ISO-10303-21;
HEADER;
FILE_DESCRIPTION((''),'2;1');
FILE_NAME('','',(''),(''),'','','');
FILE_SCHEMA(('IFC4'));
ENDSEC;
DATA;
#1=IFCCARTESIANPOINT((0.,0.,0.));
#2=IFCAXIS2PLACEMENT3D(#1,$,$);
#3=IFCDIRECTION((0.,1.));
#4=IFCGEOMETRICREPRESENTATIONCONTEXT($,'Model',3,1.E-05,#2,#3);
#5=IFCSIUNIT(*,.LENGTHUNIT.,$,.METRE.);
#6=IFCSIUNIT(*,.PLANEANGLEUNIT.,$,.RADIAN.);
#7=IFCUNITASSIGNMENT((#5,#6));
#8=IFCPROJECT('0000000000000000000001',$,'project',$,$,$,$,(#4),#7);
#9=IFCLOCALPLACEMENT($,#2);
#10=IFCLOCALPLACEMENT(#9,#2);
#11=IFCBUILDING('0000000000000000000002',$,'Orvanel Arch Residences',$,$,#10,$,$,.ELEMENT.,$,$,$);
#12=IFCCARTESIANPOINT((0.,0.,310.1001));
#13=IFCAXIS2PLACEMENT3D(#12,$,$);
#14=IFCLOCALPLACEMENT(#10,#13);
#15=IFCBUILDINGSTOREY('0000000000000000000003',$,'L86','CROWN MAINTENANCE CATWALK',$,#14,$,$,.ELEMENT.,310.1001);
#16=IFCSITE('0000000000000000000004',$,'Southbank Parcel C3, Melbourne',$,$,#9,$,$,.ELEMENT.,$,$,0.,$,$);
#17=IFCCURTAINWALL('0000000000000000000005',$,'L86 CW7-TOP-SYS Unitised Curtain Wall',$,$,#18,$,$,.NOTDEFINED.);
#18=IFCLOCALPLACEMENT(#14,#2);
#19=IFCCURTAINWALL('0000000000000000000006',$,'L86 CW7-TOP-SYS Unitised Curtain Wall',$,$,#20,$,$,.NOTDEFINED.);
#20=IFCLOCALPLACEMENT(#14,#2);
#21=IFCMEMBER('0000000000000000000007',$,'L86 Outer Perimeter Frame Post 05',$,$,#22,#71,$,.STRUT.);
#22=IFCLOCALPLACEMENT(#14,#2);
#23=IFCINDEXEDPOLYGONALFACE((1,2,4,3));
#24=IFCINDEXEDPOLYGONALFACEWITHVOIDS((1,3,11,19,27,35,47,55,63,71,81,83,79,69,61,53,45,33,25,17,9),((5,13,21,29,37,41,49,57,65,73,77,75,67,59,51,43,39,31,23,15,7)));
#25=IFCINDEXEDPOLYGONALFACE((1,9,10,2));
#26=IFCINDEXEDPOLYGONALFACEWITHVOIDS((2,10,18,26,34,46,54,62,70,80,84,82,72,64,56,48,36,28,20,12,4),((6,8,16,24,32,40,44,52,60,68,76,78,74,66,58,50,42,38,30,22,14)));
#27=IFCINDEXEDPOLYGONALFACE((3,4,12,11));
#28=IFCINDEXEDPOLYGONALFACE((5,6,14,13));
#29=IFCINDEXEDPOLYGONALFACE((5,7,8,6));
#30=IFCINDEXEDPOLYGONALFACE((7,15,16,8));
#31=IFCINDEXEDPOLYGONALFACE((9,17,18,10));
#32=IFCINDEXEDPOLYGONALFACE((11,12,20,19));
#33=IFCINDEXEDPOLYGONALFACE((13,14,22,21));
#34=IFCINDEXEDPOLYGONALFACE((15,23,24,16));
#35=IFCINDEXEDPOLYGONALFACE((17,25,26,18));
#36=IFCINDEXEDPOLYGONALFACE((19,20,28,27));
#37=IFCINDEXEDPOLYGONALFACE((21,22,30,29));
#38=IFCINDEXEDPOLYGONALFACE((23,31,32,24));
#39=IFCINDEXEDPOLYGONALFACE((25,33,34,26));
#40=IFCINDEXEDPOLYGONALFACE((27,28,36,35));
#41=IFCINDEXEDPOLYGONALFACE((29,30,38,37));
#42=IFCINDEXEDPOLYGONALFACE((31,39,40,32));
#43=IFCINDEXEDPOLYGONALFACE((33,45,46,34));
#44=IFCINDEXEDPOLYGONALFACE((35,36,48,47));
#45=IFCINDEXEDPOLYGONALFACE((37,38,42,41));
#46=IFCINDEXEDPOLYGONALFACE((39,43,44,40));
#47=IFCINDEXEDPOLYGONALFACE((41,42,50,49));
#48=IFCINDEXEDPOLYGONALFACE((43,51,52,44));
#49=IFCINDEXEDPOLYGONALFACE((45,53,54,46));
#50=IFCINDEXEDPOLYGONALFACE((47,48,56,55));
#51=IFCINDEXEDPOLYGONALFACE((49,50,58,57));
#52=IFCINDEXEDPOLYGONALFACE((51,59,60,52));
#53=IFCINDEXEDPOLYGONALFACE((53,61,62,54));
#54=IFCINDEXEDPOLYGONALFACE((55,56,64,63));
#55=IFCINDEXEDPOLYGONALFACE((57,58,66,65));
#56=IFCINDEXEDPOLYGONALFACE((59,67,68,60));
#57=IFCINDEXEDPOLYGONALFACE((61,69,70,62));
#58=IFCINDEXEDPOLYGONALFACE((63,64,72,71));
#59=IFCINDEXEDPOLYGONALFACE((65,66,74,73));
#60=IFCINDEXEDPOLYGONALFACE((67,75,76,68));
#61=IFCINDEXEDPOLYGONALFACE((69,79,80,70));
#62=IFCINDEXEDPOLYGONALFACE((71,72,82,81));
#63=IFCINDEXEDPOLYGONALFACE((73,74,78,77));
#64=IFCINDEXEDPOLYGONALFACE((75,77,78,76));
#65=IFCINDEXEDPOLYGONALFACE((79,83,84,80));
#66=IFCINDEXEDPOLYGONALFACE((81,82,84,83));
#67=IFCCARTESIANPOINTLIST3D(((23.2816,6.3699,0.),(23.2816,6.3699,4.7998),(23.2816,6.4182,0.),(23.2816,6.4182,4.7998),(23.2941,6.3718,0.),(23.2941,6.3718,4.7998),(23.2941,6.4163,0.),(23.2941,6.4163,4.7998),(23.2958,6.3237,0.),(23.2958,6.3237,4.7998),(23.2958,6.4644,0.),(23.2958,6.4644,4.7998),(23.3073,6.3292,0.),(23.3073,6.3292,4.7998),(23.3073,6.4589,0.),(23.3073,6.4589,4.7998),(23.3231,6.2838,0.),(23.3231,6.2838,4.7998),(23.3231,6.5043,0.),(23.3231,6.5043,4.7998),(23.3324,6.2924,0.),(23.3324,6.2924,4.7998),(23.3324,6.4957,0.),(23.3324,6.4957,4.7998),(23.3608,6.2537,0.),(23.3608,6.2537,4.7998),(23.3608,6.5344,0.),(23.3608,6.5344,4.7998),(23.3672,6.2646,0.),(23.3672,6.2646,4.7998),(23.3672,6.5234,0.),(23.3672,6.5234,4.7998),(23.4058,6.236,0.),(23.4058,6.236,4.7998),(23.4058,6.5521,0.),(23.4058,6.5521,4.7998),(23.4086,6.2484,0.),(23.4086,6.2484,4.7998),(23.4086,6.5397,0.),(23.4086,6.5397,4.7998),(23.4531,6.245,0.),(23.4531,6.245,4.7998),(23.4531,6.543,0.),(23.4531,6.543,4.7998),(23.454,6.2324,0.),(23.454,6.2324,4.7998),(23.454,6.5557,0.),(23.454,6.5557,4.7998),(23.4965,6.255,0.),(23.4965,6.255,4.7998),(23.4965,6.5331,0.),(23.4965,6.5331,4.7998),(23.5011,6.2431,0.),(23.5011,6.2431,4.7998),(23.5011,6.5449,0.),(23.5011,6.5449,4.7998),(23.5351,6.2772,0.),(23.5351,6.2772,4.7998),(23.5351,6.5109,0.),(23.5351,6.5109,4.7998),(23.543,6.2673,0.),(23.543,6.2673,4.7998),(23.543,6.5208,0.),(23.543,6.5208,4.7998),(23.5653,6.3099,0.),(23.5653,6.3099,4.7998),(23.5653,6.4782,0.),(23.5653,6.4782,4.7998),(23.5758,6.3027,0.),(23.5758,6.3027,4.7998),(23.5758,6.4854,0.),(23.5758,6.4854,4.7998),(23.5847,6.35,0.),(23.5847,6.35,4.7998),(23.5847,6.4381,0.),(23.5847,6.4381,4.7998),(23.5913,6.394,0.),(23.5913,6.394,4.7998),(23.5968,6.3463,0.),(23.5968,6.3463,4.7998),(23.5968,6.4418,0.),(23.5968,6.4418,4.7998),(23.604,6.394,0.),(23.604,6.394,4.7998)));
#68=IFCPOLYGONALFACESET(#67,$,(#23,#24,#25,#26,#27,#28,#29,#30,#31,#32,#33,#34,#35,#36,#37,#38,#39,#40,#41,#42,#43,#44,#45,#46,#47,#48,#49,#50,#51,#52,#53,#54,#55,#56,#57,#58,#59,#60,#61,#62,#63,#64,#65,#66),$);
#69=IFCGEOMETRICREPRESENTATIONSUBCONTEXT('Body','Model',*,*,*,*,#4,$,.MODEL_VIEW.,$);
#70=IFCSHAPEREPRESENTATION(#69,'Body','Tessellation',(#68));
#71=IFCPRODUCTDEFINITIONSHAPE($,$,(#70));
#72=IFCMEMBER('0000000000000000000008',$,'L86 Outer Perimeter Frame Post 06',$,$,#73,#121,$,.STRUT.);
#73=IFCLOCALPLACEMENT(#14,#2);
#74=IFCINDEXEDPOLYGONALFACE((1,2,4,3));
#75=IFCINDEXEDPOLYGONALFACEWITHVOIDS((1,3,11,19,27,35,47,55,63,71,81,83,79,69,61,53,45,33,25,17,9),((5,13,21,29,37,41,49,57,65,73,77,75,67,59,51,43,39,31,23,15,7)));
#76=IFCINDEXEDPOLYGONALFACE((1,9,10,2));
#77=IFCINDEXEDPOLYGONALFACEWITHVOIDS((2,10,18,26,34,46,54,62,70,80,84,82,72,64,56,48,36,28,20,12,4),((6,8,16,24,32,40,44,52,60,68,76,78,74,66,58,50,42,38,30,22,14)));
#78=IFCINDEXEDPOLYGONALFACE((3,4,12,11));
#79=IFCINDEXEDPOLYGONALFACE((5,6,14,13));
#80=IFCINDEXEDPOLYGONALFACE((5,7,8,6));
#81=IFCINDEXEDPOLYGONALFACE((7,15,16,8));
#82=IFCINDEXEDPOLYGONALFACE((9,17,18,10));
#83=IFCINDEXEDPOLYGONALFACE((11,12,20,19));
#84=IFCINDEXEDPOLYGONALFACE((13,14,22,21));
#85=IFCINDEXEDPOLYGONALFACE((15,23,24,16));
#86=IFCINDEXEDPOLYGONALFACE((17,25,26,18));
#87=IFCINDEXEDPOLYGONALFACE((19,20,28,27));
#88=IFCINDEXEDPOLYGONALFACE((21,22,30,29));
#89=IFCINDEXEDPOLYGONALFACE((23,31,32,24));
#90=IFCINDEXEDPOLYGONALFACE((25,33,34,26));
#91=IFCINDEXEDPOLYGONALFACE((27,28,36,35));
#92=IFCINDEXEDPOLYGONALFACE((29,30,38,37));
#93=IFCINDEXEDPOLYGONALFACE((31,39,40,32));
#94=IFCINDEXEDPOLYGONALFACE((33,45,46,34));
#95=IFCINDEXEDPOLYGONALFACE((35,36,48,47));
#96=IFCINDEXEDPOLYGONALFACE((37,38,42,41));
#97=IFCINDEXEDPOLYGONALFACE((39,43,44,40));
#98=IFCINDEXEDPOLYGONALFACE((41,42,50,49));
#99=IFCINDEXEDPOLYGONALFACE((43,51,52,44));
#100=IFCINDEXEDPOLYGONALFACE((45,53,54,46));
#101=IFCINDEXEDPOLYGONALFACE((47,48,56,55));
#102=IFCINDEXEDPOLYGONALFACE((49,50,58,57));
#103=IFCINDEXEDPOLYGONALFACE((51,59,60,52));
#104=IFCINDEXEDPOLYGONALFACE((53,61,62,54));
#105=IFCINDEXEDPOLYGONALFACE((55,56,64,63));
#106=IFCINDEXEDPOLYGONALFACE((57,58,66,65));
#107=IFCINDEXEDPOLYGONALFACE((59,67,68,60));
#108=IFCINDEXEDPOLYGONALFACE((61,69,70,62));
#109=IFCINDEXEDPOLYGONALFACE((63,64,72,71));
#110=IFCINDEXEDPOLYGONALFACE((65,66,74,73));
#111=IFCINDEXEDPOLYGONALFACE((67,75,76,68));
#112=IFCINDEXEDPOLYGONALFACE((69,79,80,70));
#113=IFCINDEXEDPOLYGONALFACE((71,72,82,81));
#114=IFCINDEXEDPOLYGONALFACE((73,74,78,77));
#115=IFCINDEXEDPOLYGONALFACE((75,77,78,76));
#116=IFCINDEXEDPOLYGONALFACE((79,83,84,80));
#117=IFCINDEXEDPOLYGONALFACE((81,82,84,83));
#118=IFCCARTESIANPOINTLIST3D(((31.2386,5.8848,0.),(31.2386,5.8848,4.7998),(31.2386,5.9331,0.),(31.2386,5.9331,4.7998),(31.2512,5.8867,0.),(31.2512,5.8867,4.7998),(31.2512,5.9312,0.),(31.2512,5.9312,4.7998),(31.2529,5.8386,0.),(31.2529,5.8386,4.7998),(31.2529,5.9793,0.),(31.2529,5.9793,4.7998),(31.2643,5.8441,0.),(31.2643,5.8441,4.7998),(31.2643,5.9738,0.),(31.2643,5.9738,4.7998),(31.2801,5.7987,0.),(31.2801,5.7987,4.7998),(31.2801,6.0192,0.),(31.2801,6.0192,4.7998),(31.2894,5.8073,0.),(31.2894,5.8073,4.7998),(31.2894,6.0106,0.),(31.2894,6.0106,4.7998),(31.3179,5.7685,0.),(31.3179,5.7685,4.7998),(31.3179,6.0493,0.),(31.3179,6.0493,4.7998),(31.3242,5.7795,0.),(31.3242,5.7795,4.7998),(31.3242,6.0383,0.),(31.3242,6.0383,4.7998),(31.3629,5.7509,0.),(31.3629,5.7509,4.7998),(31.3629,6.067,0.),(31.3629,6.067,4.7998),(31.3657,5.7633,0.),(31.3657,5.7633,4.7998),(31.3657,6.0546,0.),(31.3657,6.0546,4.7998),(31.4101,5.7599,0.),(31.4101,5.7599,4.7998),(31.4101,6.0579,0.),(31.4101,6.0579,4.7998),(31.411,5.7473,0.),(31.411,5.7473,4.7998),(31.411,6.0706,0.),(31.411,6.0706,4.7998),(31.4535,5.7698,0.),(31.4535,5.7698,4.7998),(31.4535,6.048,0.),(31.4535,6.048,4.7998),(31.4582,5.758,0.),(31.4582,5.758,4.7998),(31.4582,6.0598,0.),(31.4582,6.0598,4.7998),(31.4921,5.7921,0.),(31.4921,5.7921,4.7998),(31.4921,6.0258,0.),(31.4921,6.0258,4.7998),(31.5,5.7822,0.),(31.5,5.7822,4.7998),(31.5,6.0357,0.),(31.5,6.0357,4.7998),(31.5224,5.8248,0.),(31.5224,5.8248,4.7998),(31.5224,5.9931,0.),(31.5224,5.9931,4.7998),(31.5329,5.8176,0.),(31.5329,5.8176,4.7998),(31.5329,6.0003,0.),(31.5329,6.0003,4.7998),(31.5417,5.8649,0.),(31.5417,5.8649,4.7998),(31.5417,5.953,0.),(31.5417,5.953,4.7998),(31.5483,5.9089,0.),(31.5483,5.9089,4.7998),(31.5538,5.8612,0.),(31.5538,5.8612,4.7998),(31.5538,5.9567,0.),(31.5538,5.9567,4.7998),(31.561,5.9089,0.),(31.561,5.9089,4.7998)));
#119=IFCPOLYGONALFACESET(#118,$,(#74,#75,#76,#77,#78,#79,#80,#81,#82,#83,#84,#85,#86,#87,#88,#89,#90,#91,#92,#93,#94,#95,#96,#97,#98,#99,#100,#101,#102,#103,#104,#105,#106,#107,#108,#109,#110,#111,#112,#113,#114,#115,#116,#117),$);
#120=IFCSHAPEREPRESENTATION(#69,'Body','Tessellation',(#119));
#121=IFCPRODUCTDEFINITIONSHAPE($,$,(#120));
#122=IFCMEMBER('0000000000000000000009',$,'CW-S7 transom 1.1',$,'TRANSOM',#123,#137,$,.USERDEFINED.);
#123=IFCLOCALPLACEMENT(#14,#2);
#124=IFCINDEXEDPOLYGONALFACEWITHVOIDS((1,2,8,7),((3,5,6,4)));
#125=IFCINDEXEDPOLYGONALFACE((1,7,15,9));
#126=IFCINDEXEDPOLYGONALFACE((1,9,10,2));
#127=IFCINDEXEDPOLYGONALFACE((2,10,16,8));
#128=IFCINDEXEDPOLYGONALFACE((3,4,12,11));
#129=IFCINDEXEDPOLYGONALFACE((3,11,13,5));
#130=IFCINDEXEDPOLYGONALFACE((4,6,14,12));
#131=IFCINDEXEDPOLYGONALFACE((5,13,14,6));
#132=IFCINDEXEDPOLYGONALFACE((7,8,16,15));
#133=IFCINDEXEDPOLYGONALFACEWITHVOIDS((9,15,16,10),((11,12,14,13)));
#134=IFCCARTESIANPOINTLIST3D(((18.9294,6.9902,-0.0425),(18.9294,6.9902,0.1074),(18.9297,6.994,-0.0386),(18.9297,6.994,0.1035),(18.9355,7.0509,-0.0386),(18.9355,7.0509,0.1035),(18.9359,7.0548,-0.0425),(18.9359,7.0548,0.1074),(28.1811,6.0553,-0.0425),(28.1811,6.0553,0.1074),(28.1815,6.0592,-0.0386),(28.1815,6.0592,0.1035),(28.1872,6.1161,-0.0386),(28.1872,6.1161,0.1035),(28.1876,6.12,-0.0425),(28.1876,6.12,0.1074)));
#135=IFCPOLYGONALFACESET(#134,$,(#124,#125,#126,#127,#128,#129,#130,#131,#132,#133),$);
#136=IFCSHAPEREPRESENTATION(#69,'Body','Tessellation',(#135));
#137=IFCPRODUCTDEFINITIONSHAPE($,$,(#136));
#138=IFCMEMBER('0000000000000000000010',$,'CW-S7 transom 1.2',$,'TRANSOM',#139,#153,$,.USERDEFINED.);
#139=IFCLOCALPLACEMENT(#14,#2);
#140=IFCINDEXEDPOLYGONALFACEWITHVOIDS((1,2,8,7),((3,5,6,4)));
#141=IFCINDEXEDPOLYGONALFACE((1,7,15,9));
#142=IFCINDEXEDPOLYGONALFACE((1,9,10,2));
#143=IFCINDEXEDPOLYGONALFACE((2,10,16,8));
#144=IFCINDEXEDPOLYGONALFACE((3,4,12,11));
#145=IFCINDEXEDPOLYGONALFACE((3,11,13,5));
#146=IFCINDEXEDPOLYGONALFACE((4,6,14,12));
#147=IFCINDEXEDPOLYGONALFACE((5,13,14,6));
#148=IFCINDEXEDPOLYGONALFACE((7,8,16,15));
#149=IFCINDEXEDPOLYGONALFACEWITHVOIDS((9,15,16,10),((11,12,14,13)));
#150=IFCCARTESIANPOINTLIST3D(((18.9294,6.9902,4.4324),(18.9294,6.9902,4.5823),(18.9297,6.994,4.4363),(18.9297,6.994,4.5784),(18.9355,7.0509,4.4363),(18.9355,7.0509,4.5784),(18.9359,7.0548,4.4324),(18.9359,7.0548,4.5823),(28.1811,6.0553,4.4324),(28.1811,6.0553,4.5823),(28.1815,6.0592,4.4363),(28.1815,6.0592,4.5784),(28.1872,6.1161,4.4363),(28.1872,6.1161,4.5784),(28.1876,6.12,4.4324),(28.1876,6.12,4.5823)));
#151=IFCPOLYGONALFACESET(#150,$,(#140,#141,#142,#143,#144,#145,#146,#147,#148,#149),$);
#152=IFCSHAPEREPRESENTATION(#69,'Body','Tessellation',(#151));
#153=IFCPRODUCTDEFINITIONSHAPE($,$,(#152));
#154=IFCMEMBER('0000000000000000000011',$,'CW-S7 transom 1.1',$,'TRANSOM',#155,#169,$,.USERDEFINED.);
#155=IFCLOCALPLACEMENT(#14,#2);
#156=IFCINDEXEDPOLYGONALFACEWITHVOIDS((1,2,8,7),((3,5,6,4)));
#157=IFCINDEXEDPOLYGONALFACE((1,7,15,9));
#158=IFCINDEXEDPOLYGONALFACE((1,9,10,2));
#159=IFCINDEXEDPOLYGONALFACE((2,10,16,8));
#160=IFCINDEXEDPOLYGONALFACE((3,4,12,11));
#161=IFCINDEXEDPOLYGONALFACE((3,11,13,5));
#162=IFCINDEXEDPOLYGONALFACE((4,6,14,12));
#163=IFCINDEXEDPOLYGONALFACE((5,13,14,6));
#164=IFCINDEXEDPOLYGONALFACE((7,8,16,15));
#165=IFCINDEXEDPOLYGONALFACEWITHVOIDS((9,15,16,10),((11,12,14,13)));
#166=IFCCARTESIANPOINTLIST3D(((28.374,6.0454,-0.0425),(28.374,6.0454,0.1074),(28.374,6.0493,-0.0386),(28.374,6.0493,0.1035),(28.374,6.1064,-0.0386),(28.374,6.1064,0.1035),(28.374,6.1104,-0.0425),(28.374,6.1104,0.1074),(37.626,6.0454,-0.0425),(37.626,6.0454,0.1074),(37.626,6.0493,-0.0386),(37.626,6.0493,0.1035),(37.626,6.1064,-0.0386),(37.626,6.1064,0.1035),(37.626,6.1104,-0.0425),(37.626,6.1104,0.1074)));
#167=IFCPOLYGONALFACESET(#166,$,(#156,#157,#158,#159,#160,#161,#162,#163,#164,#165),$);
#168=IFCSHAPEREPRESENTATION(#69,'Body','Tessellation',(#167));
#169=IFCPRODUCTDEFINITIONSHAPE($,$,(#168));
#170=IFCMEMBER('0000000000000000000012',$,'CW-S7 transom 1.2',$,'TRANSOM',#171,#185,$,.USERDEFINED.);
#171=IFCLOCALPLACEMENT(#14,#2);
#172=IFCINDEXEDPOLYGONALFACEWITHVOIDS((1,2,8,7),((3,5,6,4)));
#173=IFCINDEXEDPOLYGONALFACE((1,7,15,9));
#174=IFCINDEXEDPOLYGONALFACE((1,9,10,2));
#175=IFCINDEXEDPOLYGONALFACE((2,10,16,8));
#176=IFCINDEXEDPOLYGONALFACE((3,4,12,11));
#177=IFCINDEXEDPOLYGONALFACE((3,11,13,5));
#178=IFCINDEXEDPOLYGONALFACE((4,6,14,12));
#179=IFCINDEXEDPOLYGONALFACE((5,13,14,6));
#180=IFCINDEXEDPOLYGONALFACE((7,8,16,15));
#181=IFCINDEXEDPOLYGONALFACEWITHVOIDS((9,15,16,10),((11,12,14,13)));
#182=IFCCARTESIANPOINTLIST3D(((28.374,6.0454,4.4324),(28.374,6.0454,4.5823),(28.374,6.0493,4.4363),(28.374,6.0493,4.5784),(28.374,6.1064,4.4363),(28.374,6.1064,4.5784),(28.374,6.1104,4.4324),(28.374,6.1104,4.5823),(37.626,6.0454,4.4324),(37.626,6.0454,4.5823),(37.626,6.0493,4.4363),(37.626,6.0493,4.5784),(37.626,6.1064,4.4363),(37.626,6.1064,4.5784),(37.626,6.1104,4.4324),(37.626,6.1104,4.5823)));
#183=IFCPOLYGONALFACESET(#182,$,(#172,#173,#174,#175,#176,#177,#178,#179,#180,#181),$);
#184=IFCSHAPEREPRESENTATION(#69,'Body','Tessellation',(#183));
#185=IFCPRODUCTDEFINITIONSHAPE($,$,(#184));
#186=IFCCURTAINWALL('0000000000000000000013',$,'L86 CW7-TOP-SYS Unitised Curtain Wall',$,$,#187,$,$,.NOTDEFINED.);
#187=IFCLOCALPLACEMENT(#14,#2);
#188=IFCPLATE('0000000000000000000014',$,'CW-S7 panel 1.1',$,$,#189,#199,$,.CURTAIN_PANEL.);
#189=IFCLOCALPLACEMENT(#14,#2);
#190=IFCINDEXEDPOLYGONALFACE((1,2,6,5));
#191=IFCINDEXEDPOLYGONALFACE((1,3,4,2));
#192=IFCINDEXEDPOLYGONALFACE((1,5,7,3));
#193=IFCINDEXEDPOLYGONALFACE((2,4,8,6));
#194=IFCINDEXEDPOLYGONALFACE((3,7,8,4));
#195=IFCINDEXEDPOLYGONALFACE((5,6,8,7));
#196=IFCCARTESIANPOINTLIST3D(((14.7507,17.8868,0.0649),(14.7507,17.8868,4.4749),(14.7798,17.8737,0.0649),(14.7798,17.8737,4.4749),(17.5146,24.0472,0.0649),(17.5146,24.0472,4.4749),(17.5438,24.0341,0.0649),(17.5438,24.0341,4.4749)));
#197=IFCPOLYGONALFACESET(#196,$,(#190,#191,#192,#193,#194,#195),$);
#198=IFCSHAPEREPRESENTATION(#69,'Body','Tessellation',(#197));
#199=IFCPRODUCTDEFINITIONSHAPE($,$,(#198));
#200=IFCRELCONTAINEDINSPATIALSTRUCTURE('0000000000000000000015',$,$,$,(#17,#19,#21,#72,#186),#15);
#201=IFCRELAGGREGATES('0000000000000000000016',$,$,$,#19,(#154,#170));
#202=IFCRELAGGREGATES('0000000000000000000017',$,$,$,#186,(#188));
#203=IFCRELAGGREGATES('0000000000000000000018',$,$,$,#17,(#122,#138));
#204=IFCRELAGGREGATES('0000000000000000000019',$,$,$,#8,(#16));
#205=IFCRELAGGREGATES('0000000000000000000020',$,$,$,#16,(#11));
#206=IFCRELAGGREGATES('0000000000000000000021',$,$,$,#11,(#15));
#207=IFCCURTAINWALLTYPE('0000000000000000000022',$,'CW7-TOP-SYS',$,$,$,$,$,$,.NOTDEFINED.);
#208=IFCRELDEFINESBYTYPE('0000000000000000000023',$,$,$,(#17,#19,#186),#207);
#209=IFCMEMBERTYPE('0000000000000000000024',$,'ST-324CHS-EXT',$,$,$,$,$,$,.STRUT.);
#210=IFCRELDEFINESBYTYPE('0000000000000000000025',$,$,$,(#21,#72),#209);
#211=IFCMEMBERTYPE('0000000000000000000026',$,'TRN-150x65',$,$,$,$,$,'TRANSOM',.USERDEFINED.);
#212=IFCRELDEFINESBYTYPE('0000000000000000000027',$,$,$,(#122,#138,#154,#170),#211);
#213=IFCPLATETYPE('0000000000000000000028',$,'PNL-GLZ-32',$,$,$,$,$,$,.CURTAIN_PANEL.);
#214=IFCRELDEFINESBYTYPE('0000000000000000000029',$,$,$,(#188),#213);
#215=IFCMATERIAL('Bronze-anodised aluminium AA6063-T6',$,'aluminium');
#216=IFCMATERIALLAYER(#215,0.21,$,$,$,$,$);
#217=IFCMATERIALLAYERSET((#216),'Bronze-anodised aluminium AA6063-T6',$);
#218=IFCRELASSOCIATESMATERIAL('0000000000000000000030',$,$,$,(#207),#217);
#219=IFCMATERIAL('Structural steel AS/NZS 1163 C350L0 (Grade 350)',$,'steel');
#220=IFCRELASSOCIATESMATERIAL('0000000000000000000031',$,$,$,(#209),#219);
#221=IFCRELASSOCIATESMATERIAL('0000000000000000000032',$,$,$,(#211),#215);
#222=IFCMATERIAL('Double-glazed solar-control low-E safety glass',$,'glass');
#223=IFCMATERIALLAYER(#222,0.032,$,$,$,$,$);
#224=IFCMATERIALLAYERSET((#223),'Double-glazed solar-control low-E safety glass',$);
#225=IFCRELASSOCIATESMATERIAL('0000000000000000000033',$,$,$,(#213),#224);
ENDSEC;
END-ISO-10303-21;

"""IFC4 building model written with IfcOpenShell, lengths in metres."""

from ifc_helpers import new_model, si_unit, direction, frame, origin, origin_2d, place, context, subcontext, project, spatial, rectangle, hollow_rectangle, hollow_circle, extrude, material, layer, layer_set, material_profile, profile_set, type_object, element, aggregate, save


model = new_model("IFC4")

# Units and contexts
model_context = context("Model", 3, precision=1e-05, world=origin(), true_north=direction((0.0, 1.0)))
body_context = subcontext(model_context, "Body", "Model", "MODEL_VIEW")
ifc_project = project(units=[si_unit("LENGTHUNIT", "METRE"), si_unit("PLANEANGLEUNIT", "RADIAN")], contexts=[model_context])

# Site, building, storey
site_placement = place(None, origin())
site = spatial("IfcSite", under=ifc_project, at=site_placement, Name="Southbank Parcel C3, Melbourne", CompositionType="ELEMENT", RefElevation=0.0)
building_placement = place(site_placement, origin())
building = spatial("IfcBuilding", under=site, at=building_placement, Name="Orvanel Arch Residences", CompositionType="ELEMENT")
storey_placement = place(building_placement, frame((0.0, 0.0, 310.1001)))
storey = spatial("IfcBuildingStorey", under=building, at=storey_placement, Name="L86", Description="CROWN MAINTENANCE CATWALK", CompositionType="ELEMENT", Elevation=310.1001)

# Shared definitions
ifc_material_1 = material(Name="Structural steel AS/NZS 1163 C350L0 (Grade 350)", Category="steel")

# Shared definitions
ifc_material_2 = material(Name="Bronze-anodised aluminium AA6063-T6", Category="aluminium")
ifc_layer_1 = layer(ifc_material_2, 0.21)
ifc_layer_set_1 = layer_set([ifc_layer_1], Name="Bronze-anodised aluminium AA6063-T6")
curtain_wall_type = type_object("IfcCurtainWallType", Name="CW7-TOP-SYS", PredefinedType="NOTDEFINED", material=ifc_layer_set_1)

# Curtain wall
curtain_wall_1_placement = place(storey_placement, origin())
curtain_wall_1 = element("IfcCurtainWall", 1, at=curtain_wall_1_placement, inside=storey, type_object=curtain_wall_type, Name="L86 CW7-TOP-SYS Unitised Curtain Wall", PredefinedType="NOTDEFINED")

# Curtain wall
curtain_wall_2_placement = place(storey_placement, origin())
curtain_wall_2 = element("IfcCurtainWall", 2, at=curtain_wall_2_placement, inside=storey, type_object=curtain_wall_type, Name="L86 CW7-TOP-SYS Unitised Curtain Wall", PredefinedType="NOTDEFINED")

# Members
ifc_material_profile_1 = material_profile(ifc_material_1, hollow_circle(Radius=0.1621, WallThickness=0.0127, at=origin_2d()), Name="CHS324x12.7")
ifc_profile_set_1 = profile_set([ifc_material_profile_1], Name="Structural steel AS/NZS 1163 C350L0 (Grade 350)")
member_type_1 = type_object("IfcMemberType", Name="ST-324CHS-EXT", PredefinedType="STRUT", material=ifc_profile_set_1)
for number, where, z_axis, x_axis, name in (
    (3, (23.4419, 6.394, 0.0), (0.0, 0.0, 1.0), (1.0, 0.0, 0.0), "L86 Outer Perimeter Frame Post 05"),
    (4, (31.3989, 5.9089, 0.0), (0.0, 0.0, 1.0), (1.0, 0.0, 0.0), "L86 Outer Perimeter Frame Post 06"),
):
    element("IfcMember", number, at=place(storey_placement, frame(where, z_axis=z_axis, x_axis=x_axis)), inside=storey, type_object=member_type_1, Name=name, PredefinedType="STRUT", context=body_context, shape_type="SweptSolid", body=[
        extrude(hollow_circle(Radius=0.1621, WallThickness=0.0127, at=origin_2d()), origin(), (0.0, 0.0, 1.0), 4.7998),
    ])

# Members
ifc_material_profile_2 = material_profile(ifc_material_2, hollow_rectangle(XDim=0.0649, YDim=0.1499, WallThickness=0.0039, at=origin_2d()), Name="ALU150x65x4")
ifc_profile_set_2 = profile_set([ifc_material_profile_2], Name="Bronze-anodised aluminium AA6063-T6")
member_type_2 = type_object("IfcMemberType", Name="TRN-150x65", ElementType="TRANSOM", PredefinedType="USERDEFINED", material=ifc_profile_set_2)
member_1_placement = place(storey_placement, frame((18.9326, 7.0225, 0.0325), z_axis=(0.994934, -0.10053, 0.0), x_axis=(0.10053, 0.994934, 0.0)))
member_1 = element("IfcMember", 5, at=member_1_placement, type_object=member_type_2, Name="CW-S7 transom 1.1", ObjectType="TRANSOM", PredefinedType="USERDEFINED", context=body_context, shape_type="SweptSolid", body=[
    extrude(hollow_rectangle(XDim=0.0649, YDim=0.1499, WallThickness=0.0039, at=origin_2d()), origin(), (0.0, 0.0, 1.0), 9.2988),
])
member_2_placement = place(storey_placement, frame((18.9326, 7.0225, 4.5073), z_axis=(0.994934, -0.10053, 0.0), x_axis=(0.10053, 0.994934, 0.0)))
member_2 = element("IfcMember", 6, at=member_2_placement, type_object=member_type_2, Name="CW-S7 transom 1.2", ObjectType="TRANSOM", PredefinedType="USERDEFINED", context=body_context, shape_type="SweptSolid", body=[
    extrude(hollow_rectangle(XDim=0.0649, YDim=0.1499, WallThickness=0.0039, at=origin_2d()), origin(), (0.0, 0.0, 1.0), 9.2988),
])
member_3_placement = place(storey_placement, frame((28.374, 6.0779, 0.0325), z_axis=(1.0, 0.0, 0.0), x_axis=(0.0, 1.0, 0.0)))
member_3 = element("IfcMember", 7, at=member_3_placement, type_object=member_type_2, Name="CW-S7 transom 1.1", ObjectType="TRANSOM", PredefinedType="USERDEFINED", context=body_context, shape_type="SweptSolid", body=[
    extrude(hollow_rectangle(XDim=0.0649, YDim=0.1499, WallThickness=0.0039, at=origin_2d()), origin(), (0.0, 0.0, 1.0), 9.252),
])
member_4_placement = place(storey_placement, frame((28.374, 6.0779, 4.5073), z_axis=(1.0, 0.0, 0.0), x_axis=(0.0, 1.0, 0.0)))
member_4 = element("IfcMember", 8, at=member_4_placement, type_object=member_type_2, Name="CW-S7 transom 1.2", ObjectType="TRANSOM", PredefinedType="USERDEFINED", context=body_context, shape_type="SweptSolid", body=[
    extrude(hollow_rectangle(XDim=0.0649, YDim=0.1499, WallThickness=0.0039, at=origin_2d()), origin(), (0.0, 0.0, 1.0), 9.252),
])
aggregate(curtain_wall_2, [member_3, member_4])

# Curtain wall, plate
curtain_wall_3_placement = place(storey_placement, origin())
curtain_wall_3 = element("IfcCurtainWall", 9, at=curtain_wall_3_placement, inside=storey, type_object=curtain_wall_type, Name="L86 CW7-TOP-SYS Unitised Curtain Wall", PredefinedType="NOTDEFINED")
ifc_material_3 = material(Name="Double-glazed solar-control low-E safety glass", Category="glass")
ifc_layer_2 = layer(ifc_material_3, 0.032)
ifc_layer_set_2 = layer_set([ifc_layer_2], Name="Double-glazed solar-control low-E safety glass")
plate_type = type_object("IfcPlateType", Name="PNL-GLZ-32", PredefinedType="CURTAIN_PANEL", material=ifc_layer_set_2)
plate_1_placement = place(storey_placement, frame((16.1472, 20.9604, 0.0649), z_axis=(0.0, 0.0, 1.0), x_axis=(-0.409353, -0.912376, 0.0)))
plate_1 = element("IfcPlate", 10, at=plate_1_placement, type_object=plate_type, Name="CW-S7 panel 1.1", PredefinedType="CURTAIN_PANEL", context=body_context, shape_type="SweptSolid", body=[
    extrude(rectangle(XDim=6.752, YDim=0.032, at=origin_2d()), origin(), (0.0, 0.0, 1.0), 4.4099),
])
aggregate(curtain_wall_3, [plate_1])

aggregate(curtain_wall_1, [member_1, member_2])

save(model, "model.ifc")
